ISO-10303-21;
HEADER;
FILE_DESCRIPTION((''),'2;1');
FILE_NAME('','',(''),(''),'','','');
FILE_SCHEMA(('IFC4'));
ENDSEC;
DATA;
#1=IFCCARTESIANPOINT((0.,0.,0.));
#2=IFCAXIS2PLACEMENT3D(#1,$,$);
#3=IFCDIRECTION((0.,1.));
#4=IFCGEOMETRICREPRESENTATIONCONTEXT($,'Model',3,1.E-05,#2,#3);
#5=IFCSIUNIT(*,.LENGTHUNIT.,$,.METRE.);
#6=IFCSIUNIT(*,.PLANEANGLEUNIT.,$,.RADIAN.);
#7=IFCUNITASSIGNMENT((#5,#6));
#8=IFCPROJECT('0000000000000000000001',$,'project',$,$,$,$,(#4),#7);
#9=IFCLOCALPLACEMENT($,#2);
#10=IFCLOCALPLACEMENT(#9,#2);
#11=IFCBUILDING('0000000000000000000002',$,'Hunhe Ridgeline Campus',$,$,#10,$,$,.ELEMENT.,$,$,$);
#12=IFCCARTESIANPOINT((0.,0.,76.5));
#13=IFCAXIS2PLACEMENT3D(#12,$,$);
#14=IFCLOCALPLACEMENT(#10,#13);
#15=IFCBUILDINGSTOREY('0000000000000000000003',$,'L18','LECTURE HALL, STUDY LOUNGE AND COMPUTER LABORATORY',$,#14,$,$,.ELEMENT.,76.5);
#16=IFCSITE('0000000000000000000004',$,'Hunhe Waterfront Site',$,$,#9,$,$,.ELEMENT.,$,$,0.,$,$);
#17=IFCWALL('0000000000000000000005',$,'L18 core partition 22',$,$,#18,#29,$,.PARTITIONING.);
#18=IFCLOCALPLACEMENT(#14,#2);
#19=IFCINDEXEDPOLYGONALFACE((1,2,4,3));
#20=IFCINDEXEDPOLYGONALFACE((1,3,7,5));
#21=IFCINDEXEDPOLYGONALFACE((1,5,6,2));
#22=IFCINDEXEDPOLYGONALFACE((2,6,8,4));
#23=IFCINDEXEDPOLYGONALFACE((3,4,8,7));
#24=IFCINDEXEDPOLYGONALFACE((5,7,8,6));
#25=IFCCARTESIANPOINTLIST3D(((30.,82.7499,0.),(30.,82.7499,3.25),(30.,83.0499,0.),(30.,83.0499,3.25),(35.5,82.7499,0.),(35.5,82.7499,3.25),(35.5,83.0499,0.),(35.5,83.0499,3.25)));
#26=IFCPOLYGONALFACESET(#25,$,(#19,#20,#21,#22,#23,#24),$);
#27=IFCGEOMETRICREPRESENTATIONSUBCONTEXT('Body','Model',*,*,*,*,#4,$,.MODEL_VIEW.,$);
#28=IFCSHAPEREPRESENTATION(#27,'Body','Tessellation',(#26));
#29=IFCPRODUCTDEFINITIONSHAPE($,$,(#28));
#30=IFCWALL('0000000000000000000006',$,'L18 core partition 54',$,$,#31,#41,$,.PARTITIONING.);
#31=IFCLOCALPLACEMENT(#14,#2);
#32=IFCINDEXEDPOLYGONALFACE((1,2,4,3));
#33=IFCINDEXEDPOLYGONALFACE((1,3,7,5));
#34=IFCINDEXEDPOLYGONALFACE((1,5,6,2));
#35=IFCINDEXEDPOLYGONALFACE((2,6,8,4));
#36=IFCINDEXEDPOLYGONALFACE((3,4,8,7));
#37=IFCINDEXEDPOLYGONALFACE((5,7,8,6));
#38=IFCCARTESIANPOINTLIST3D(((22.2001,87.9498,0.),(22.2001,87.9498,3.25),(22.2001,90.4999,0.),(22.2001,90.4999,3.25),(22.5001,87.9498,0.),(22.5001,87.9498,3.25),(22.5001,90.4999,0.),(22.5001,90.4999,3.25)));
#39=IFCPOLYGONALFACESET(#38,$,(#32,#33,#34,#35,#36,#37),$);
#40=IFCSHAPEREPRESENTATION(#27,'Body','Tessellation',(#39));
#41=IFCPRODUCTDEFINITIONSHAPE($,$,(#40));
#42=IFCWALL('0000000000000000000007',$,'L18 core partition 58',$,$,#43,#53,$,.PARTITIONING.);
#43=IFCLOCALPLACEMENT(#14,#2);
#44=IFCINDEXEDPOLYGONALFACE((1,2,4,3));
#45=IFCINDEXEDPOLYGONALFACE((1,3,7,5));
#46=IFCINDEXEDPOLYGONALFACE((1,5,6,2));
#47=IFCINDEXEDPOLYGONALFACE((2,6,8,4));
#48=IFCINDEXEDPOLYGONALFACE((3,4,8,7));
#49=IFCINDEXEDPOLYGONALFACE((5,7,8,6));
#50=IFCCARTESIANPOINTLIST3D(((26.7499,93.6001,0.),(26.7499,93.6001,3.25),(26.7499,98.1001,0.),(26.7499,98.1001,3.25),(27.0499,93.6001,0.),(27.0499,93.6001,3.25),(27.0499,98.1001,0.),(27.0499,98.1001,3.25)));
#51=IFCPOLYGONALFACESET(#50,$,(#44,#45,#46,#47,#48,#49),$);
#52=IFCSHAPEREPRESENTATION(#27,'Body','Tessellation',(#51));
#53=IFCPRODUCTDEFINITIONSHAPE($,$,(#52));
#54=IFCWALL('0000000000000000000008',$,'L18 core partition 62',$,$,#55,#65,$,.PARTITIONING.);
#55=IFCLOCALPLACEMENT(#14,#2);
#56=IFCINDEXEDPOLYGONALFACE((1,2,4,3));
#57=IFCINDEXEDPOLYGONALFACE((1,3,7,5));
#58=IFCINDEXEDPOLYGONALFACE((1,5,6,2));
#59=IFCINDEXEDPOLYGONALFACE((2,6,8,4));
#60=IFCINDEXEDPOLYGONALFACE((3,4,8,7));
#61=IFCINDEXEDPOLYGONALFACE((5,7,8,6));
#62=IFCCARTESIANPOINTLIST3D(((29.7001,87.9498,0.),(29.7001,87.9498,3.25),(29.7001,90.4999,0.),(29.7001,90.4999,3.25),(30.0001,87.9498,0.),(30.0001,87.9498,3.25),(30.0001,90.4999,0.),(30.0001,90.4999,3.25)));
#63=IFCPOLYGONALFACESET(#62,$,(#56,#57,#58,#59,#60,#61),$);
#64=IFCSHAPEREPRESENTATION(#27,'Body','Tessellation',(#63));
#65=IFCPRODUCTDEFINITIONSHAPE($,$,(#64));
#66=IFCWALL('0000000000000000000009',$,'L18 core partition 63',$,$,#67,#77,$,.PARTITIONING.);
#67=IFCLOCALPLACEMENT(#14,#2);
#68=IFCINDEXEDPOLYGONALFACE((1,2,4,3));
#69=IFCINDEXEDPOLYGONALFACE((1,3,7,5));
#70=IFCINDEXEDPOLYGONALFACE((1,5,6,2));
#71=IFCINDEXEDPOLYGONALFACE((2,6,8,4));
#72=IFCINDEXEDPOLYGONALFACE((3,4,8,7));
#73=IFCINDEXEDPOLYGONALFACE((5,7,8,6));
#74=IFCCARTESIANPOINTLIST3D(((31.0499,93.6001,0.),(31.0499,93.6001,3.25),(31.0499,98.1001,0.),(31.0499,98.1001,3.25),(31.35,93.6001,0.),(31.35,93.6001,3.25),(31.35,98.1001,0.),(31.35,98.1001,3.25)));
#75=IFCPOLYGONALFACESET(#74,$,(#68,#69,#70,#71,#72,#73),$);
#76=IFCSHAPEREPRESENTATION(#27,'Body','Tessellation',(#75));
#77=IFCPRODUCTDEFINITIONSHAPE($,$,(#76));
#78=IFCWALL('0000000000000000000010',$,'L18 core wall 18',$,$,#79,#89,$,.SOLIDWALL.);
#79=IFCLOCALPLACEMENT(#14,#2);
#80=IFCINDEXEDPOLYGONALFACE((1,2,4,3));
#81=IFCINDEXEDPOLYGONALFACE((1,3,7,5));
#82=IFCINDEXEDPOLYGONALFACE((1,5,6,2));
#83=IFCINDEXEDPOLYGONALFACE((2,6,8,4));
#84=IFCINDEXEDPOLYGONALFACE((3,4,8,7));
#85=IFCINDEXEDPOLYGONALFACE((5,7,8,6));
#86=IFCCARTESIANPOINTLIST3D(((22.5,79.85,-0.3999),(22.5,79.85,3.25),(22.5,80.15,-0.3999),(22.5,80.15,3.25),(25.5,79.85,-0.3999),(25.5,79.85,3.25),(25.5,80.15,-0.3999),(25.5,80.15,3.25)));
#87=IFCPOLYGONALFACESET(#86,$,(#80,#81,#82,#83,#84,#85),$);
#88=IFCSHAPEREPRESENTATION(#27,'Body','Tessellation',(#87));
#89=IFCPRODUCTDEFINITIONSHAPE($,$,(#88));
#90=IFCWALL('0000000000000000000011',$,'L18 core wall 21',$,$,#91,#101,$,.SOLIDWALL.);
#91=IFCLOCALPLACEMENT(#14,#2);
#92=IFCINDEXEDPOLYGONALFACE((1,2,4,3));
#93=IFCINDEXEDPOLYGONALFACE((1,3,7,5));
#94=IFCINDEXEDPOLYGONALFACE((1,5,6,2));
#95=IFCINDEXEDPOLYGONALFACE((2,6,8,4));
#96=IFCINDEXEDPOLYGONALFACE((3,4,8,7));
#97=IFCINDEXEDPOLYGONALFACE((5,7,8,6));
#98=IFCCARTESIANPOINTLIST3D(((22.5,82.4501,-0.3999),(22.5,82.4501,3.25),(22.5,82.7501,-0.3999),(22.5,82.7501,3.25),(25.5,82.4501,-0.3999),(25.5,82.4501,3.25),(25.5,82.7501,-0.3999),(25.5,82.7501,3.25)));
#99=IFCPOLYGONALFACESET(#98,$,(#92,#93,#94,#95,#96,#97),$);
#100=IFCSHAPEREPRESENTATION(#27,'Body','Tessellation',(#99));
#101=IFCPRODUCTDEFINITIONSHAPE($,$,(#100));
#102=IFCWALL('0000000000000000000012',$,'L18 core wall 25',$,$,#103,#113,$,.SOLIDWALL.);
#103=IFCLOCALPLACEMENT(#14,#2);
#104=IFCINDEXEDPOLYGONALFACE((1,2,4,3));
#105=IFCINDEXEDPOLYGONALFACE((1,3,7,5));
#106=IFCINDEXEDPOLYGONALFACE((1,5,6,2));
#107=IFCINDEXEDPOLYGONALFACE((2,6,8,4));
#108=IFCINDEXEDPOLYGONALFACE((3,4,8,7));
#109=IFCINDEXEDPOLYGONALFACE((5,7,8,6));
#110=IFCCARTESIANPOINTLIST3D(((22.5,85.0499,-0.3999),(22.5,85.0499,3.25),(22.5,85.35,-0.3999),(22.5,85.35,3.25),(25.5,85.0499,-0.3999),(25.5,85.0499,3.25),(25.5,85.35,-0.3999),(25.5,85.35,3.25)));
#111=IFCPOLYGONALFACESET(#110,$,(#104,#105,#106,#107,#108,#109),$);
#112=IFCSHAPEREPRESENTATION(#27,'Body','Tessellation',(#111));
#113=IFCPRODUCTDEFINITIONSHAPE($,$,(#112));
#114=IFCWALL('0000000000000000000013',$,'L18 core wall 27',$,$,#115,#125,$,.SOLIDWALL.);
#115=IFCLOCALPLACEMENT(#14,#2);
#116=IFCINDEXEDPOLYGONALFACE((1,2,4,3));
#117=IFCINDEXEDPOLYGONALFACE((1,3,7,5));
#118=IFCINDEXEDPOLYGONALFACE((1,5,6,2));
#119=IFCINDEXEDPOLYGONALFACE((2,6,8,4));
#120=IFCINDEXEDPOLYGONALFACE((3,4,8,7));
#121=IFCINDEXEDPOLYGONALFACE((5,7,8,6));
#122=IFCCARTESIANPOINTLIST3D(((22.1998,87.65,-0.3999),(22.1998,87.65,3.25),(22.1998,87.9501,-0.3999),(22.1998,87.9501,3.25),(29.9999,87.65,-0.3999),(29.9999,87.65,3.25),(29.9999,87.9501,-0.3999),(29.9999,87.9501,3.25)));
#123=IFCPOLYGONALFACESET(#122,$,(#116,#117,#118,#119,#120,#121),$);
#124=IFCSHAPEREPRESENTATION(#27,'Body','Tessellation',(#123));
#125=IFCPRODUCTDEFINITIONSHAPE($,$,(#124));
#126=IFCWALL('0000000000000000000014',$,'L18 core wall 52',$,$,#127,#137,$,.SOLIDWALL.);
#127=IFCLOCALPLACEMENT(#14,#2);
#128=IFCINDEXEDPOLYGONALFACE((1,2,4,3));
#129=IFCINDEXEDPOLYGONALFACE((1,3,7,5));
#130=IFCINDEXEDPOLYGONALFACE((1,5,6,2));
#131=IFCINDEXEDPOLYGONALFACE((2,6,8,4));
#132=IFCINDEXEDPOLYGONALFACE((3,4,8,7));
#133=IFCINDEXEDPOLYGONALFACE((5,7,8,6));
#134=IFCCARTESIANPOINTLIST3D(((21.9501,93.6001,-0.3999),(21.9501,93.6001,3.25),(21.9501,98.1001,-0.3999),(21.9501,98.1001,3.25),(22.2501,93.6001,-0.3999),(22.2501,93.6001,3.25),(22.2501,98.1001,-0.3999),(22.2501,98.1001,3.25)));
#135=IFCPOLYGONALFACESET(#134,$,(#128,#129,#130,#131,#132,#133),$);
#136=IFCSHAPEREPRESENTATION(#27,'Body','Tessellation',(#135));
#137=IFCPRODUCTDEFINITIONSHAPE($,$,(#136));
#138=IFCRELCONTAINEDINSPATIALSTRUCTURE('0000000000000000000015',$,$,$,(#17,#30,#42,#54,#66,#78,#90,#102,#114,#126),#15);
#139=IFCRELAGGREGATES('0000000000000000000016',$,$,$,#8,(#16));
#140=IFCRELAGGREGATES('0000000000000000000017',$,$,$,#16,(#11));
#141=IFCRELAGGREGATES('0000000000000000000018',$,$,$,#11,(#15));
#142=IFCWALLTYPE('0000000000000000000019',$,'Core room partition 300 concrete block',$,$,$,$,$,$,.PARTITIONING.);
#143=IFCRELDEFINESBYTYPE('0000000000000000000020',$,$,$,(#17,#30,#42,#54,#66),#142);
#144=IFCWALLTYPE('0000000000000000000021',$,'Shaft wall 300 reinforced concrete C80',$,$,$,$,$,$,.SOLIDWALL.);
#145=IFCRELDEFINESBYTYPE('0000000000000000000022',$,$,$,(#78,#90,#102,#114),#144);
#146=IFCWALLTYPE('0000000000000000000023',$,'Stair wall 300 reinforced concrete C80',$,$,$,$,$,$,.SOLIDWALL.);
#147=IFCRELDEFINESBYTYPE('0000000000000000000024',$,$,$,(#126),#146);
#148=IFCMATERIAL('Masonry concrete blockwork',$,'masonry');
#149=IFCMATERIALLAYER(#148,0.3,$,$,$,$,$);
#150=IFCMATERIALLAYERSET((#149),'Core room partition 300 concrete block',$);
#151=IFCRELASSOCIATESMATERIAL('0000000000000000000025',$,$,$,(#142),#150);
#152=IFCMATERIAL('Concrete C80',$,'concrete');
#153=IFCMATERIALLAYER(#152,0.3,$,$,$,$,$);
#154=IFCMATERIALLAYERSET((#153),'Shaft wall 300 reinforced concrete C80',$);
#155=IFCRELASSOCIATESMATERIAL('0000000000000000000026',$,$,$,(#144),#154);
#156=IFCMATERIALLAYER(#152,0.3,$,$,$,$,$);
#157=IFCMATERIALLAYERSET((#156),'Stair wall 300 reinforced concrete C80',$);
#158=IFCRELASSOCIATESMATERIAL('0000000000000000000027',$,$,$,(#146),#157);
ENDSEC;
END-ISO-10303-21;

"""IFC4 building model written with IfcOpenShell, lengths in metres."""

from ifc_helpers import new_model, si_unit, direction, frame, frame_2d, origin, place, context, subcontext, project, spatial, rectangle, extrude, material, layer, layer_set, type_object, element, save


model = new_model("IFC4")

# Units and contexts
model_context = context("Model", 3, precision=1e-05, world=origin(), true_north=direction((0.0, 1.0)))
body_context = subcontext(model_context, "Body", "Model", "MODEL_VIEW")
ifc_project = project(units=[si_unit("LENGTHUNIT", "METRE"), si_unit("PLANEANGLEUNIT", "RADIAN")], contexts=[model_context])

# Site, building, storey
site_placement = place(None, origin())
site = spatial("IfcSite", under=ifc_project, at=site_placement, Name="Hunhe Waterfront Site", CompositionType="ELEMENT", RefElevation=0.0)
building_placement = place(site_placement, origin())
building = spatial("IfcBuilding", under=site, at=building_placement, Name="Hunhe Ridgeline Campus", CompositionType="ELEMENT")
storey_placement = place(building_placement, frame((0.0, 0.0, 76.5)))
storey = spatial("IfcBuildingStorey", under=building, at=storey_placement, Name="L18", Description="LECTURE HALL, STUDY LOUNGE AND COMPUTER LABORATORY", CompositionType="ELEMENT", Elevation=76.5)

# Walls
ifc_material_1 = material(Name="Masonry concrete blockwork", Category="masonry")
ifc_layer_1 = layer(ifc_material_1, 0.3)
ifc_layer_set_1 = layer_set([ifc_layer_1], Name="Core room partition 300 concrete block")
wall_type_1 = type_object("IfcWallType", Name="Core room partition 300 concrete block", PredefinedType="PARTITIONING", material=ifc_layer_set_1)
wall_1_placement = place(storey_placement, frame((30.0, 82.8999, 0.0), z_axis=(0.0, 0.0, 1.0), x_axis=(1.0, 0.0, 0.0)))
element("IfcWall", 1, at=wall_1_placement, inside=storey, type_object=wall_type_1, Name="L18 core partition 22", PredefinedType="PARTITIONING", context=body_context, shape_type="SweptSolid", body=[
    extrude(rectangle(XDim=5.5, YDim=0.3, at=frame_2d((2.75, 0.0))), origin(), (0.0, 0.0, 1.0), 3.25),
])
wall_2_placement = place(storey_placement, frame((22.3501, 87.95, 0.0), z_axis=(0.0, 0.0, 1.0), x_axis=(0.0, 1.0, 0.0)))
element("IfcWall", 2, at=wall_2_placement, inside=storey, type_object=wall_type_1, Name="L18 core partition 54", PredefinedType="PARTITIONING", context=body_context, shape_type="SweptSolid", body=[
    extrude(rectangle(XDim=2.55, YDim=0.3, at=frame_2d((1.2749, 0.0))), origin(), (0.0, 0.0, 1.0), 3.25),
])
wall_3_placement = place(storey_placement, frame((26.8999, 93.6001, 0.0), z_axis=(0.0, 0.0, 1.0), x_axis=(0.0, 1.0, 0.0)))
element("IfcWall", 3, at=wall_3_placement, inside=storey, type_object=wall_type_1, Name="L18 core partition 58", PredefinedType="PARTITIONING", context=body_context, shape_type="SweptSolid", body=[
    extrude(rectangle(XDim=4.5, YDim=0.3, at=frame_2d((2.25, 0.0))), origin(), (0.0, 0.0, 1.0), 3.25),
])
wall_4_placement = place(storey_placement, frame((29.8501, 87.95, 0.0), z_axis=(0.0, 0.0, 1.0), x_axis=(0.0, 1.0, 0.0)))
element("IfcWall", 4, at=wall_4_placement, inside=storey, type_object=wall_type_1, Name="L18 core partition 62", PredefinedType="PARTITIONING", context=body_context, shape_type="SweptSolid", body=[
    extrude(rectangle(XDim=2.55, YDim=0.3, at=frame_2d((1.2749, 0.0))), origin(), (0.0, 0.0, 1.0), 3.25),
])
wall_5_placement = place(storey_placement, frame((31.2, 93.6001, 0.0), z_axis=(0.0, 0.0, 1.0), x_axis=(0.0, 1.0, 0.0)))
element("IfcWall", 5, at=wall_5_placement, inside=storey, type_object=wall_type_1, Name="L18 core partition 63", PredefinedType="PARTITIONING", context=body_context, shape_type="SweptSolid", body=[
    extrude(rectangle(XDim=4.5, YDim=0.3, at=frame_2d((2.25, 0.0))), origin(), (0.0, 0.0, 1.0), 3.25),
])
ifc_material_2 = material(Name="Concrete C80", Category="concrete")
ifc_layer_2 = layer(ifc_material_2, 0.3)
ifc_layer_set_2 = layer_set([ifc_layer_2], Name="Shaft wall 300 reinforced concrete C80")
wall_type_2 = type_object("IfcWallType", Name="Shaft wall 300 reinforced concrete C80", PredefinedType="SOLIDWALL", material=ifc_layer_set_2)
for number, where, z_axis, x_axis, name in (
    (6, (22.5, 80.0, -0.3999), (0.0, 0.0, 1.0), (1.0, 0.0, 0.0), "L18 core wall 18"),
    (7, (22.5, 82.6001, -0.3999), (0.0, 0.0, 1.0), (1.0, 0.0, 0.0), "L18 core wall 21"),
    (8, (22.5, 85.2, -0.3999), (0.0, 0.0, 1.0), (1.0, 0.0, 0.0), "L18 core wall 25"),
):
    element("IfcWall", number, at=place(storey_placement, frame(where, z_axis=z_axis, x_axis=x_axis)), inside=storey, type_object=wall_type_2, Name=name, PredefinedType="SOLIDWALL", context=body_context, shape_type="SweptSolid", body=[
        extrude(rectangle(XDim=3.0, YDim=0.3, at=frame_2d((1.5, 0.0))), origin(), (0.0, 0.0, 1.0), 3.6499),
    ])
wall_6_placement = place(storey_placement, frame((22.2, 87.8, -0.3999), z_axis=(0.0, 0.0, 1.0), x_axis=(1.0, 0.0, 0.0)))
element("IfcWall", 9, at=wall_6_placement, inside=storey, type_object=wall_type_2, Name="L18 core wall 27", PredefinedType="SOLIDWALL", context=body_context, shape_type="SweptSolid", body=[
    extrude(rectangle(XDim=7.8, YDim=0.3, at=frame_2d((3.8999, 0.0))), origin(), (0.0, 0.0, 1.0), 3.6499),
])

# Shared definitions
ifc_layer_3 = layer(ifc_material_2, 0.3)
ifc_layer_set_3 = layer_set([ifc_layer_3], Name="Stair wall 300 reinforced concrete C80")
wall_type_3 = type_object("IfcWallType", Name="Stair wall 300 reinforced concrete C80", PredefinedType="SOLIDWALL", material=ifc_layer_set_3)

# Wall
wall_7_placement = place(storey_placement, frame((22.1001, 93.6001, -0.3999), z_axis=(0.0, 0.0, 1.0), x_axis=(0.0, 1.0, 0.0)))
element("IfcWall", 10, at=wall_7_placement, inside=storey, type_object=wall_type_3, Name="L18 core wall 52", PredefinedType="SOLIDWALL", context=body_context, shape_type="SweptSolid", body=[
    extrude(rectangle(XDim=4.5, YDim=0.3, at=frame_2d((2.25, 0.0))), origin(), (0.0, 0.0, 1.0), 3.6499),
])

save(model, "model.ifc")
